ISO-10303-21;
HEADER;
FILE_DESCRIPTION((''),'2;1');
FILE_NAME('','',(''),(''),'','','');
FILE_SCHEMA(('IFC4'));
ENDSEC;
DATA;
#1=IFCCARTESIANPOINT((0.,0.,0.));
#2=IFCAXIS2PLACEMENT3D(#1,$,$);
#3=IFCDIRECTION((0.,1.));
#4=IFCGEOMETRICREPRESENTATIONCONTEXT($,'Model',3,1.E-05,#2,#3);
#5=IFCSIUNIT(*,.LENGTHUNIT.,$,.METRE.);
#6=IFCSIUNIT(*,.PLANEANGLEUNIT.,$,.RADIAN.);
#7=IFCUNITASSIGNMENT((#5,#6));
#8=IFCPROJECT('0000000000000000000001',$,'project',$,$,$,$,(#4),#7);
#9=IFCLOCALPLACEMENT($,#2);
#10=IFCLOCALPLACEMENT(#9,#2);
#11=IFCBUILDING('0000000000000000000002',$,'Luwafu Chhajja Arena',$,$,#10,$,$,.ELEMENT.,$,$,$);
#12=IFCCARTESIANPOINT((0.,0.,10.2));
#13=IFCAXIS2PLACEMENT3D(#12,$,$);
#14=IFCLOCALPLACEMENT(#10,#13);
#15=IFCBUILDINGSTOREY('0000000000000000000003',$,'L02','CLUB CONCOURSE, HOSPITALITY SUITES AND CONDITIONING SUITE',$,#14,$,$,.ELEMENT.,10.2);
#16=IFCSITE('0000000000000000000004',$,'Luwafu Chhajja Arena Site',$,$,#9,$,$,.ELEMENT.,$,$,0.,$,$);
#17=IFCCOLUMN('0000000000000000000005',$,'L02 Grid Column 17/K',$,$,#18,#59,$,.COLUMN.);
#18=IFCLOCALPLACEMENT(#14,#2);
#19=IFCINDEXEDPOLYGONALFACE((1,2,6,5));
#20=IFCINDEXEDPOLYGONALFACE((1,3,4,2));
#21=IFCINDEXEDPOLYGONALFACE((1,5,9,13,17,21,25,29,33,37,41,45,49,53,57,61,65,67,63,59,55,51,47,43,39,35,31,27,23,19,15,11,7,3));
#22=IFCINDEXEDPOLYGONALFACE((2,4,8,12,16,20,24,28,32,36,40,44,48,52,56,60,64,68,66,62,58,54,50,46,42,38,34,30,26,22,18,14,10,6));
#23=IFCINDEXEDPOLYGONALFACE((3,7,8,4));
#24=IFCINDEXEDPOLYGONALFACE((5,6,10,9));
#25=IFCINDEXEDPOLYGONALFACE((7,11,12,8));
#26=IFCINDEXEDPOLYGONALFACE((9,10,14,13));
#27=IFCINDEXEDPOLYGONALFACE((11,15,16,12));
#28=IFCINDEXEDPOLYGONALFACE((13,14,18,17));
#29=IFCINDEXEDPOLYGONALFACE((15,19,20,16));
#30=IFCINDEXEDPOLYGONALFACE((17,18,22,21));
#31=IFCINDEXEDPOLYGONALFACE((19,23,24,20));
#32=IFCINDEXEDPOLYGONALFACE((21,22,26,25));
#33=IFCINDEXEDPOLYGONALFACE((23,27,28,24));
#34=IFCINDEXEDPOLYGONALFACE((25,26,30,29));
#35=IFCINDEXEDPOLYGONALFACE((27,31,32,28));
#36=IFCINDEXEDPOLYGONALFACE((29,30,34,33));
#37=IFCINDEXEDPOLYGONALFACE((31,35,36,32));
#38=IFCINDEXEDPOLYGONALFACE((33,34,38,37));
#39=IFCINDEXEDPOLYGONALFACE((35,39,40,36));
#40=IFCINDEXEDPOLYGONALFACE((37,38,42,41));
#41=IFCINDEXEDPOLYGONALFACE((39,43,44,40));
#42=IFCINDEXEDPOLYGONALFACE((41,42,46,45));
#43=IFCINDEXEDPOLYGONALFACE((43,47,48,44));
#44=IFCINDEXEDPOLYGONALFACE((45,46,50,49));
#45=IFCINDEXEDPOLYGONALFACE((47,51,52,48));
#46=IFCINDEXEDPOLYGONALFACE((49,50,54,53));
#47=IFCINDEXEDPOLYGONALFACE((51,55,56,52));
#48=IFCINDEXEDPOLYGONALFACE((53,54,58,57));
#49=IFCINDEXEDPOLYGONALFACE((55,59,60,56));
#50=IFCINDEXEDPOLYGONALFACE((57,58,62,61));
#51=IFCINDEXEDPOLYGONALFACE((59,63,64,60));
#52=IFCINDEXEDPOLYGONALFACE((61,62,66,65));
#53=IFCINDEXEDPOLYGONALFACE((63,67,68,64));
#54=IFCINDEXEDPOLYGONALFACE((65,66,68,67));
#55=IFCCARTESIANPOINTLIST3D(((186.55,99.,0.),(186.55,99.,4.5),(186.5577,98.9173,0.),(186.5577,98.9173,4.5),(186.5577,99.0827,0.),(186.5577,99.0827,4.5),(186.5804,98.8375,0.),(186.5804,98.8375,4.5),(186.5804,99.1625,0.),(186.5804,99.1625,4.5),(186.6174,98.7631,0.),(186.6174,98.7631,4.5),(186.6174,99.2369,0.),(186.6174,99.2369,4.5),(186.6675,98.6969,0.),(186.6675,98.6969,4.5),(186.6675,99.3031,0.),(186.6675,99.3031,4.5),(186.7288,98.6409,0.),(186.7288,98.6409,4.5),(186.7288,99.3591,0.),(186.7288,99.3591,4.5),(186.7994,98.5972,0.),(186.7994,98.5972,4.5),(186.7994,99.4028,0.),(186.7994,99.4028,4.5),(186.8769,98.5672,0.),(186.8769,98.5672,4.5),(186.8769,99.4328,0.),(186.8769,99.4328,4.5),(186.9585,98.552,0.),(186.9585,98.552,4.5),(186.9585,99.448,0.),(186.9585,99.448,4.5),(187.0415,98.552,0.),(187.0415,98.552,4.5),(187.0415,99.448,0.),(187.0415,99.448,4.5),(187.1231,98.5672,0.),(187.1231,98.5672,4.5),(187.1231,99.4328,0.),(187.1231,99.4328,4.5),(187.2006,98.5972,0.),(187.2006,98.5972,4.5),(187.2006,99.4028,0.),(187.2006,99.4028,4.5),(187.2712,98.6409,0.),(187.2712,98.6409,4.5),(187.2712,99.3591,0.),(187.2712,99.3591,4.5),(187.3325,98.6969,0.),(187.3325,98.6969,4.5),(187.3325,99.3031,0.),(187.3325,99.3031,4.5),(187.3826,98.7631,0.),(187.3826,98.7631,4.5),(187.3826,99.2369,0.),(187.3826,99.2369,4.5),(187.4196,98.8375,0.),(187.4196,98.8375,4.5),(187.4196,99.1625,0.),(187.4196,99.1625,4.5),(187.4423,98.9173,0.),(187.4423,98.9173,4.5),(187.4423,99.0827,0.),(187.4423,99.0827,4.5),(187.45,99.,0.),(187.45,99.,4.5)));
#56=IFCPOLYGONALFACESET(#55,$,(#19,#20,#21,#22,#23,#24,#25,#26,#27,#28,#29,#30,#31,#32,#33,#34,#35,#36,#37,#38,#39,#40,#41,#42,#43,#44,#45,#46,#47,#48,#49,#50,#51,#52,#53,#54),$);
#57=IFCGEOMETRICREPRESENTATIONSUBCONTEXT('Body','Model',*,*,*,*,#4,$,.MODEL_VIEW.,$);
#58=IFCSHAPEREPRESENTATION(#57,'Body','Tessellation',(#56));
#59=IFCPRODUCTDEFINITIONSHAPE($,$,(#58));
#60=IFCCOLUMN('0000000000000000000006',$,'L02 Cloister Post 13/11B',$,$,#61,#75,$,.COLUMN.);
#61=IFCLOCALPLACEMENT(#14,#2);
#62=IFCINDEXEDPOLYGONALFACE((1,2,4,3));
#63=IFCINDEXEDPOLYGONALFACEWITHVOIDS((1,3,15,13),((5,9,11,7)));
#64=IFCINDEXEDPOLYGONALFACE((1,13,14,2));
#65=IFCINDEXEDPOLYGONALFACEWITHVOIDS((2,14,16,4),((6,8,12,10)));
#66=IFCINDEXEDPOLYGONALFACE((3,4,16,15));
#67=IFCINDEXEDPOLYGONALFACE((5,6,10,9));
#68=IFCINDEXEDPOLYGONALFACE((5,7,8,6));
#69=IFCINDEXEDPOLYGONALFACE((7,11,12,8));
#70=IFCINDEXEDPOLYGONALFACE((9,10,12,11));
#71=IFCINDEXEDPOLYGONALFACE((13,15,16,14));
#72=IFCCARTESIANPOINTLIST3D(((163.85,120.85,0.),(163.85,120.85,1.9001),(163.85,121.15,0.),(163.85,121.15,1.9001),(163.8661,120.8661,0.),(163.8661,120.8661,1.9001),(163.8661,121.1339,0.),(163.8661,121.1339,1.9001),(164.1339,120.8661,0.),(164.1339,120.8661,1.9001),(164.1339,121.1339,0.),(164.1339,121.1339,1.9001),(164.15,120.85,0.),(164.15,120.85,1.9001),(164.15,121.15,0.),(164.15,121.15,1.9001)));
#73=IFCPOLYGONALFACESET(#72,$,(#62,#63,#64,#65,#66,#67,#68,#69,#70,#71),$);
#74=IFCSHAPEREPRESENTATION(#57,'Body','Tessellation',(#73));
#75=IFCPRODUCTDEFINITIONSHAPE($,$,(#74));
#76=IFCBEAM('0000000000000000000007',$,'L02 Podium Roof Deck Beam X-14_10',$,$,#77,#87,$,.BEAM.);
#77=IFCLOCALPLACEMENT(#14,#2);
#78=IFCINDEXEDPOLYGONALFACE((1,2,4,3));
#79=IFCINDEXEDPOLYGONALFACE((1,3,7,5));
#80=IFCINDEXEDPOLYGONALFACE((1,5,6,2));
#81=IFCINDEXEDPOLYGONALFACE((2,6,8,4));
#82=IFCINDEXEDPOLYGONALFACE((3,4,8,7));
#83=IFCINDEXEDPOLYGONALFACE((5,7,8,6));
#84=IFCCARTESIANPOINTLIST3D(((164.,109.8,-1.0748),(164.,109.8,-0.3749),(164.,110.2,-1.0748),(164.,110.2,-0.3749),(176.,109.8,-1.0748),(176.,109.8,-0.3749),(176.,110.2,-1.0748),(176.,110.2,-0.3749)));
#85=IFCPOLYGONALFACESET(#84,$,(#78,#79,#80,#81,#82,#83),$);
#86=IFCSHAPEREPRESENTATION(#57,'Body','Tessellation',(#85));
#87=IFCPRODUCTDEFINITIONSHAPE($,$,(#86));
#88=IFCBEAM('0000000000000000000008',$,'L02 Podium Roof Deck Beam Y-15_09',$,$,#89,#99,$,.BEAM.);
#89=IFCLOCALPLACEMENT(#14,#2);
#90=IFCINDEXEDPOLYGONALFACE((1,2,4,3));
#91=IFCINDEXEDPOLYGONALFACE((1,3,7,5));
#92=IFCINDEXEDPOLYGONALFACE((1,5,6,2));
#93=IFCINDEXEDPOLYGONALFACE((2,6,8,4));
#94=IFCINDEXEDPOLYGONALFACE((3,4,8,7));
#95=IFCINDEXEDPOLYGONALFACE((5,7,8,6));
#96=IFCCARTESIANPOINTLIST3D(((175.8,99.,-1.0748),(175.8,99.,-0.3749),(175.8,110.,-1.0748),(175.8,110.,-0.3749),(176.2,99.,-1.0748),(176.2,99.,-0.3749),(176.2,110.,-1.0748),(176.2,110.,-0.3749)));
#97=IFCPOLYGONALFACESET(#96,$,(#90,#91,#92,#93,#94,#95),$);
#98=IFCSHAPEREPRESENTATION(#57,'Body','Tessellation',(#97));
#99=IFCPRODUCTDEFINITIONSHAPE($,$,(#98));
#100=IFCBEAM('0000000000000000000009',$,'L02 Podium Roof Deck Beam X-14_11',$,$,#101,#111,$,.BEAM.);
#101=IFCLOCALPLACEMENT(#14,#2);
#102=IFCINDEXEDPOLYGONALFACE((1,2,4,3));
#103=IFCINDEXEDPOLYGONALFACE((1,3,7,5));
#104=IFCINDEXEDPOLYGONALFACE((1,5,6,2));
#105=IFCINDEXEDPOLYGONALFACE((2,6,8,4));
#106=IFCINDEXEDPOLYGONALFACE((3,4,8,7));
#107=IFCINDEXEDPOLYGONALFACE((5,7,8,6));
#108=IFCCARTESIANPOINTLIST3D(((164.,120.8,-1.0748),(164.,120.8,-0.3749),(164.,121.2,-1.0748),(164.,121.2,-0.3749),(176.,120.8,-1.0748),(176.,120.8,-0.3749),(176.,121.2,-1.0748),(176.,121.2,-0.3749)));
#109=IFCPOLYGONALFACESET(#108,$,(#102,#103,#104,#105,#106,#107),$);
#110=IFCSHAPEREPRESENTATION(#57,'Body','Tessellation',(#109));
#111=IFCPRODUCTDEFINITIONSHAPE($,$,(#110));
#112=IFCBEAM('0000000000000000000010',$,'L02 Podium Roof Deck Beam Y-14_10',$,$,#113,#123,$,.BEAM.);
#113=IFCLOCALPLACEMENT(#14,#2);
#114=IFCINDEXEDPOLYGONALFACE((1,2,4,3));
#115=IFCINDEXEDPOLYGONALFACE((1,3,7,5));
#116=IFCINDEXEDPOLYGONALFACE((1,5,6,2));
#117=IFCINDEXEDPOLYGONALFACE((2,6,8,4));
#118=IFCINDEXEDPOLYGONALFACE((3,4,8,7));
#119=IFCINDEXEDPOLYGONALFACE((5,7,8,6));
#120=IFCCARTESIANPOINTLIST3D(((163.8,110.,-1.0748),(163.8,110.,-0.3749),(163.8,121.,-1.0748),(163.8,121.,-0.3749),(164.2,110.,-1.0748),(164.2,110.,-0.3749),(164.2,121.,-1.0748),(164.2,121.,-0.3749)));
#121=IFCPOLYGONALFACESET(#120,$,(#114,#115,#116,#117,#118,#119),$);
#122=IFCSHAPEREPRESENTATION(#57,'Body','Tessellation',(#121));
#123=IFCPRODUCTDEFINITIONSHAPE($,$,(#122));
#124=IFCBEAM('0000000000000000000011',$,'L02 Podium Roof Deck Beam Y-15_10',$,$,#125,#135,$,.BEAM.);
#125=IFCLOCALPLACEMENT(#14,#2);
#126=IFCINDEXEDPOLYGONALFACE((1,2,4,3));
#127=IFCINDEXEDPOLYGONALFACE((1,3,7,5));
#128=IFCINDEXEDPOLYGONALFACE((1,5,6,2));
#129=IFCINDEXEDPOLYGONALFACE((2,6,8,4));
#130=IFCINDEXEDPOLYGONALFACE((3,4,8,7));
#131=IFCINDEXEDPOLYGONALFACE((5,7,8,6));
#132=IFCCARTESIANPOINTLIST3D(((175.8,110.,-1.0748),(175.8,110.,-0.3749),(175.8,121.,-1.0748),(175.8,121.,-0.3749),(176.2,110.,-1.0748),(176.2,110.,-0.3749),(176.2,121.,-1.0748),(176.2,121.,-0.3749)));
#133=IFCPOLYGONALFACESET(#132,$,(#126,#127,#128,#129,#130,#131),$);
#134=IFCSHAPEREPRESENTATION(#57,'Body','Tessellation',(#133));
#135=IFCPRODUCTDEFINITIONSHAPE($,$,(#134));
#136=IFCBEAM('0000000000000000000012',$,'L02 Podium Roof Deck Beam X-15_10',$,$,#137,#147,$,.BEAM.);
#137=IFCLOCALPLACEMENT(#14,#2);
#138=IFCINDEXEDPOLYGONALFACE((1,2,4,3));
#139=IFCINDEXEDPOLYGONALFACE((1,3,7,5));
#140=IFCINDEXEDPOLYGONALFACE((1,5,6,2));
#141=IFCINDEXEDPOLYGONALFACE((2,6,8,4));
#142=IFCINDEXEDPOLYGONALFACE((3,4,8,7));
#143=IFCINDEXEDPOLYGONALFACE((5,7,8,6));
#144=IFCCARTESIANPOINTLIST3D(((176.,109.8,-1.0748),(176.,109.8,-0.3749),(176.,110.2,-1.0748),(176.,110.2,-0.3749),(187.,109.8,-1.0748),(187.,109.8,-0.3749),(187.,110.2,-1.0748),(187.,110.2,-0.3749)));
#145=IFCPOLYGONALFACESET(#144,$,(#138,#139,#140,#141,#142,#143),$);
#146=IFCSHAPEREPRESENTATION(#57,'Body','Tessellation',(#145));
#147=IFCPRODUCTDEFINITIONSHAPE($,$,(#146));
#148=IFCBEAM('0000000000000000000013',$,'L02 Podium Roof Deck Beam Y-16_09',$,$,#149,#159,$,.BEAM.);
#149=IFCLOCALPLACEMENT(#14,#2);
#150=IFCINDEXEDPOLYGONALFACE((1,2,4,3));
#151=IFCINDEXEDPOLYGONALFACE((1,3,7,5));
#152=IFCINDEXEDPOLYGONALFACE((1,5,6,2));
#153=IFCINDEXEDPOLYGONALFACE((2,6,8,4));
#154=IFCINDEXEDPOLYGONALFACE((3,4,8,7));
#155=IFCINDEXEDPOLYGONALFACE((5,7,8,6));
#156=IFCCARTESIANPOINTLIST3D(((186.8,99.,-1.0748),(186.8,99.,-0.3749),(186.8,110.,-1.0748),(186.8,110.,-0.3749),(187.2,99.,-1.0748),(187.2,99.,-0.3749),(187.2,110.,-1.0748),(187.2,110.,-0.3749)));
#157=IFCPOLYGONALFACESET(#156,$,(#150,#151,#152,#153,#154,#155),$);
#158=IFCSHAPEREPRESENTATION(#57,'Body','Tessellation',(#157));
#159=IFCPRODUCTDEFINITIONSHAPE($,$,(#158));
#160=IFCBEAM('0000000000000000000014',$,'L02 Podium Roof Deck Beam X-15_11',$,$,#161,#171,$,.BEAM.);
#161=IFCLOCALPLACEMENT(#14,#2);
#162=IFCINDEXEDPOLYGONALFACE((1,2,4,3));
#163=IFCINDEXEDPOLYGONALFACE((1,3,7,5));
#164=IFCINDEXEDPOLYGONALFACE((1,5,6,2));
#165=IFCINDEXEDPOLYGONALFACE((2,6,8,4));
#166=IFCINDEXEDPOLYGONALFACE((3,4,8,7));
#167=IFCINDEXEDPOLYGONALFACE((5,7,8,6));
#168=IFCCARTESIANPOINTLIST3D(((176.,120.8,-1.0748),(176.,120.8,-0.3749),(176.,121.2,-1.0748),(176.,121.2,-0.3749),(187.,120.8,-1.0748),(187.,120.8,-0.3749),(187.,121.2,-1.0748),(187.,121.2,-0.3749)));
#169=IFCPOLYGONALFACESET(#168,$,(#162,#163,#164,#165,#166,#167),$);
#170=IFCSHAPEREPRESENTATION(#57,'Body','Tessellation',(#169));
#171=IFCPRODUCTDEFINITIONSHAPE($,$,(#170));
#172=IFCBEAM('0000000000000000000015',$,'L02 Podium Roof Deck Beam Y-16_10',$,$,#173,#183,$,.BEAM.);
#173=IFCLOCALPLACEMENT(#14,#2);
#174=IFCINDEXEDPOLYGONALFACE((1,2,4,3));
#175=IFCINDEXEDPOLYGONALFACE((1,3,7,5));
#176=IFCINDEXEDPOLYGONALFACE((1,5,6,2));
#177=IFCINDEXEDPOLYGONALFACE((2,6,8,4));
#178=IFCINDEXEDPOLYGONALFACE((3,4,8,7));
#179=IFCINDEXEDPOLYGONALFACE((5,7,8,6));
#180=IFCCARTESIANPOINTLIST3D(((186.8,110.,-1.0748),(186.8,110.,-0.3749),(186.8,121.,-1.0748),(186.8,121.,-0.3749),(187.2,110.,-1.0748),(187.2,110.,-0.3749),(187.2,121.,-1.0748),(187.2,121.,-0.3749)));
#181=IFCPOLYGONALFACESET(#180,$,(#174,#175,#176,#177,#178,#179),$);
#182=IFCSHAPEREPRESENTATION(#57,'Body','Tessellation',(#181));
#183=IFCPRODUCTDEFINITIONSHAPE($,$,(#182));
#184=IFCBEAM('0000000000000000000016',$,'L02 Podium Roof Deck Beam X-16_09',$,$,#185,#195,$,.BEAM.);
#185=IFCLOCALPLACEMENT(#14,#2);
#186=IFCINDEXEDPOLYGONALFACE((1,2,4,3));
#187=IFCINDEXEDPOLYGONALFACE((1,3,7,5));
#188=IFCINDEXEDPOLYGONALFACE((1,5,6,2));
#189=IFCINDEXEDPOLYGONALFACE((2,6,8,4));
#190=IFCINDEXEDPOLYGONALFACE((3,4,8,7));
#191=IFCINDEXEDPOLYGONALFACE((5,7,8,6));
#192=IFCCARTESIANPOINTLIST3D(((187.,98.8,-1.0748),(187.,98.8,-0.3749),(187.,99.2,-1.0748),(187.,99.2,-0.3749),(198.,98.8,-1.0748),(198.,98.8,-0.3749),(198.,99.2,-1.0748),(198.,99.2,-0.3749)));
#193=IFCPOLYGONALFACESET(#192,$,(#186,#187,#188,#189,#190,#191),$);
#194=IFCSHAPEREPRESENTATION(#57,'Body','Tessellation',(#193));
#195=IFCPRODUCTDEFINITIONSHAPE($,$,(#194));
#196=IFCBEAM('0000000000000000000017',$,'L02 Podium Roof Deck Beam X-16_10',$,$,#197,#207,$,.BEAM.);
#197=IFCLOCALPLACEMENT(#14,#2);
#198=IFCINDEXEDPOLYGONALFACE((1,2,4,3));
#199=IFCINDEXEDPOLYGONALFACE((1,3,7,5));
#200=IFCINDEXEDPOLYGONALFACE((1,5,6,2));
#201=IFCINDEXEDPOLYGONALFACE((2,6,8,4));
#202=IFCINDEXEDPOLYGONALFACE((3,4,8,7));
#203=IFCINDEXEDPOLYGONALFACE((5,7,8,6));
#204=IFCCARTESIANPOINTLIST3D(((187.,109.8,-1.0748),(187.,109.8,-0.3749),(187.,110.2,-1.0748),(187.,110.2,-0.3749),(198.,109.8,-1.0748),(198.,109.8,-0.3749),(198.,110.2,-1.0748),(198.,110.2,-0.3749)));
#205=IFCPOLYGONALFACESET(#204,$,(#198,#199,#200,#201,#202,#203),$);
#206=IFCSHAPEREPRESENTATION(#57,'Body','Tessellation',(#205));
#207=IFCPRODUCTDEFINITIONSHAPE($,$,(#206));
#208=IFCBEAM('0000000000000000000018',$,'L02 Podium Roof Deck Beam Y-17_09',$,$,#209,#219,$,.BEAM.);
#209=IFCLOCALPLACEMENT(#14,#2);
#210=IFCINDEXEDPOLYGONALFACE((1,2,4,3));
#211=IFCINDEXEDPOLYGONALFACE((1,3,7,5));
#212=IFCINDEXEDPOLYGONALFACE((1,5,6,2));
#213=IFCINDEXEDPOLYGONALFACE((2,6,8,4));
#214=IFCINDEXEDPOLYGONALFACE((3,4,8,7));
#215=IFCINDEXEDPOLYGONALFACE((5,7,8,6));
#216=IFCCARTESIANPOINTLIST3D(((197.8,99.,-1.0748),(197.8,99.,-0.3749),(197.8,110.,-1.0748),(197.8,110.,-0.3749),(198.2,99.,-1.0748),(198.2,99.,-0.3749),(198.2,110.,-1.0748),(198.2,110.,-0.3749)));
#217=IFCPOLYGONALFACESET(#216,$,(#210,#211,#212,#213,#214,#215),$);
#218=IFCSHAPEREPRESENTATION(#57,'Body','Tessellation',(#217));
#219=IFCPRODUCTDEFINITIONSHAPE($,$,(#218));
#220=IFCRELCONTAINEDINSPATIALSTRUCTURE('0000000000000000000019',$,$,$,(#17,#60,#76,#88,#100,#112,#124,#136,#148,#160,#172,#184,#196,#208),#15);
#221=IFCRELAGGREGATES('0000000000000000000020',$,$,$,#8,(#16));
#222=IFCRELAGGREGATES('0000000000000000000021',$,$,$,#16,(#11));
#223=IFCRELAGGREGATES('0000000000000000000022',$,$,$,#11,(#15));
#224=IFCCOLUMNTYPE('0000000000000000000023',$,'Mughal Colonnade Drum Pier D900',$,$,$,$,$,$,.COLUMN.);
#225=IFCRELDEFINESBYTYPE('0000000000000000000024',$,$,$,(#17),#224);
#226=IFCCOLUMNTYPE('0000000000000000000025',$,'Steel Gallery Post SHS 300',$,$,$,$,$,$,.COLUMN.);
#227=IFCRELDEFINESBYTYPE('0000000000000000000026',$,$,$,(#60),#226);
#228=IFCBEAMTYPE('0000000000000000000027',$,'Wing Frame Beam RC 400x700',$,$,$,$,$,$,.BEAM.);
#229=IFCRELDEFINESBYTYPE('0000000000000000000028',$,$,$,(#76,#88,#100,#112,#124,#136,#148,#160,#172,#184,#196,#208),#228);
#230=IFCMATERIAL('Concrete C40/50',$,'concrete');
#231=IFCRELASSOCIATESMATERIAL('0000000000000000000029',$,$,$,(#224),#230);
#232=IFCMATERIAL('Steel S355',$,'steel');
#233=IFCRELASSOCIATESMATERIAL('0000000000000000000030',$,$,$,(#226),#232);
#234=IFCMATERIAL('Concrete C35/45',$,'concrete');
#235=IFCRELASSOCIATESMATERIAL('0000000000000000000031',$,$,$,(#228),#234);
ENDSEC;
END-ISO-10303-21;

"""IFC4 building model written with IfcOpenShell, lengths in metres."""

from ifc_helpers import new_model, si_unit, direction, frame, origin, origin_2d, place, context, subcontext, project, spatial, rectangle, hollow_rectangle, circle, extrude, material, material_profile, profile_set, type_object, element, save


model = new_model("IFC4")

# Units and contexts
model_context = context("Model", 3, precision=1e-05, world=origin(), true_north=direction((0.0, 1.0)))
body_context = subcontext(model_context, "Body", "Model", "MODEL_VIEW")
ifc_project = project(units=[si_unit("LENGTHUNIT", "METRE"), si_unit("PLANEANGLEUNIT", "RADIAN")], contexts=[model_context])

# Site, building, storey
site_placement = place(None, origin())
site = spatial("IfcSite", under=ifc_project, at=site_placement, Name="Luwafu Chhajja Arena Site", CompositionType="ELEMENT", RefElevation=0.0)
building_placement = place(site_placement, origin())
building = spatial("IfcBuilding", under=site, at=building_placement, Name="Luwafu Chhajja Arena", CompositionType="ELEMENT")
storey_placement = place(building_placement, frame((0.0, 0.0, 10.2)))
storey = spatial("IfcBuildingStorey", under=building, at=storey_placement, Name="L02", Description="CLUB CONCOURSE, HOSPITALITY SUITES AND CONDITIONING SUITE", CompositionType="ELEMENT", Elevation=10.2)

# Columns
ifc_material_1 = material(Name="Concrete C40/50", Category="concrete")
ifc_material_profile_1 = material_profile(ifc_material_1, circle(Radius=0.45, at=origin_2d()), Name="RC COL D900")
ifc_profile_set_1 = profile_set([ifc_material_profile_1], Name="Concrete C40/50")
column_type_1 = type_object("IfcColumnType", Name="Mughal Colonnade Drum Pier D900", PredefinedType="COLUMN", material=ifc_profile_set_1)
column_1_placement = place(storey_placement, frame((187.0, 99.0, 0.0), z_axis=(0.0, 0.0, 1.0), x_axis=(1.0, 0.0, 0.0)))
element("IfcColumn", 1, at=column_1_placement, inside=storey, type_object=column_type_1, Name="L02 Grid Column 17/K", PredefinedType="COLUMN", context=body_context, shape_type="SweptSolid", body=[
    extrude(circle(Radius=0.45, at=origin_2d()), origin(), (0.0, 0.0, 1.0), 4.5),
])
ifc_material_2 = material(Name="Steel S355", Category="steel")
ifc_material_profile_2 = material_profile(ifc_material_2, hollow_rectangle(XDim=0.3, YDim=0.3, WallThickness=0.0161, at=origin_2d()), Name="SHS 300x300x16")
ifc_profile_set_2 = profile_set([ifc_material_profile_2], Name="Steel S355")
column_type_2 = type_object("IfcColumnType", Name="Steel Gallery Post SHS 300", PredefinedType="COLUMN", material=ifc_profile_set_2)
column_2_placement = place(storey_placement, frame((164.0, 121.0, 0.0), z_axis=(0.0, 0.0, 1.0), x_axis=(1.0, 0.0, 0.0)))
element("IfcColumn", 2, at=column_2_placement, inside=storey, type_object=column_type_2, Name="L02 Cloister Post 13/11B", PredefinedType="COLUMN", context=body_context, shape_type="SweptSolid", body=[
    extrude(hollow_rectangle(XDim=0.3, YDim=0.3, WallThickness=0.0161, at=origin_2d()), origin(), (0.0, 0.0, 1.0), 1.9001),
])

# Beams
ifc_material_3 = material(Name="Concrete C35/45", Category="concrete")
ifc_material_profile_3 = material_profile(ifc_material_3, rectangle(XDim=0.3999, YDim=0.7, at=origin_2d()), Name="RC 400x700")
ifc_profile_set_3 = profile_set([ifc_material_profile_3], Name="Concrete C35/45")
beam_type_1 = type_object("IfcBeamType", Name="Wing Frame Beam RC 400x700", PredefinedType="BEAM", material=ifc_profile_set_3)
beam_1_placement = place(storey_placement, frame((164.0, 110.0, -0.7249), z_axis=(1.0, 0.0, 0.0), x_axis=(0.0, 1.0, 0.0)))
element("IfcBeam", 3, at=beam_1_placement, inside=storey, type_object=beam_type_1, Name="L02 Podium Roof Deck Beam X-14_10", PredefinedType="BEAM", context=body_context, shape_type="SweptSolid", body=[
    extrude(rectangle(XDim=0.3999, YDim=0.7, at=origin_2d()), origin(), (0.0, 0.0, 1.0), 12.0),
])
beam_2_placement = place(storey_placement, frame((176.0, 99.0, -0.7249), z_axis=(0.0, 1.0, 0.0), x_axis=(-1.0, 0.0, 0.0)))
element("IfcBeam", 4, at=beam_2_placement, inside=storey, type_object=beam_type_1, Name="L02 Podium Roof Deck Beam Y-15_09", PredefinedType="BEAM", context=body_context, shape_type="SweptSolid", body=[
    extrude(rectangle(XDim=0.3999, YDim=0.7, at=origin_2d()), origin(), (0.0, 0.0, 1.0), 11.0),
])
beam_3_placement = place(storey_placement, frame((164.0, 121.0, -0.7249), z_axis=(1.0, 0.0, 0.0), x_axis=(0.0, 1.0, 0.0)))
element("IfcBeam", 5, at=beam_3_placement, inside=storey, type_object=beam_type_1, Name="L02 Podium Roof Deck Beam X-14_11", PredefinedType="BEAM", context=body_context, shape_type="SweptSolid", body=[
    extrude(rectangle(XDim=0.3999, YDim=0.7, at=origin_2d()), origin(), (0.0, 0.0, 1.0), 12.0),
])
for number, where, z_axis, x_axis, name in (
    (6, (164.0, 110.0, -0.7249), (0.0, 1.0, 0.0), (-1.0, 0.0, 0.0), "L02 Podium Roof Deck Beam Y-14_10"),
    (7, (176.0, 110.0, -0.7249), (0.0, 1.0, 0.0), (-1.0, 0.0, 0.0), "L02 Podium Roof Deck Beam Y-15_10"),
    (8, (176.0, 110.0, -0.7249), (1.0, 0.0, 0.0), (0.0, 1.0, 0.0), "L02 Podium Roof Deck Beam X-15_10"),
    (9, (187.0, 99.0, -0.7249), (0.0, 1.0, 0.0), (-1.0, 0.0, 0.0), "L02 Podium Roof Deck Beam Y-16_09"),
    (10, (176.0, 121.0, -0.7249), (1.0, 0.0, 0.0), (0.0, 1.0, 0.0), "L02 Podium Roof Deck Beam X-15_11"),
    (11, (187.0, 110.0, -0.7249), (0.0, 1.0, 0.0), (-1.0, 0.0, 0.0), "L02 Podium Roof Deck Beam Y-16_10"),
    (12, (187.0, 99.0, -0.7249), (1.0, 0.0, 0.0), (0.0, 1.0, 0.0), "L02 Podium Roof Deck Beam X-16_09"),
    (13, (187.0, 110.0, -0.7249), (1.0, 0.0, 0.0), (0.0, 1.0, 0.0), "L02 Podium Roof Deck Beam X-16_10"),
    (14, (198.0, 99.0, -0.7249), (0.0, 1.0, 0.0), (-1.0, 0.0, 0.0), "L02 Podium Roof Deck Beam Y-17_09"),
):
    element("IfcBeam", number, at=place(storey_placement, frame(where, z_axis=z_axis, x_axis=x_axis)), inside=storey, type_object=beam_type_1, Name=name, PredefinedType="BEAM", context=body_context, shape_type="SweptSolid", body=[
        extrude(rectangle(XDim=0.3999, YDim=0.7, at=origin_2d()), origin(), (0.0, 0.0, 1.0), 11.0),
    ])

save(model, "model.ifc")
